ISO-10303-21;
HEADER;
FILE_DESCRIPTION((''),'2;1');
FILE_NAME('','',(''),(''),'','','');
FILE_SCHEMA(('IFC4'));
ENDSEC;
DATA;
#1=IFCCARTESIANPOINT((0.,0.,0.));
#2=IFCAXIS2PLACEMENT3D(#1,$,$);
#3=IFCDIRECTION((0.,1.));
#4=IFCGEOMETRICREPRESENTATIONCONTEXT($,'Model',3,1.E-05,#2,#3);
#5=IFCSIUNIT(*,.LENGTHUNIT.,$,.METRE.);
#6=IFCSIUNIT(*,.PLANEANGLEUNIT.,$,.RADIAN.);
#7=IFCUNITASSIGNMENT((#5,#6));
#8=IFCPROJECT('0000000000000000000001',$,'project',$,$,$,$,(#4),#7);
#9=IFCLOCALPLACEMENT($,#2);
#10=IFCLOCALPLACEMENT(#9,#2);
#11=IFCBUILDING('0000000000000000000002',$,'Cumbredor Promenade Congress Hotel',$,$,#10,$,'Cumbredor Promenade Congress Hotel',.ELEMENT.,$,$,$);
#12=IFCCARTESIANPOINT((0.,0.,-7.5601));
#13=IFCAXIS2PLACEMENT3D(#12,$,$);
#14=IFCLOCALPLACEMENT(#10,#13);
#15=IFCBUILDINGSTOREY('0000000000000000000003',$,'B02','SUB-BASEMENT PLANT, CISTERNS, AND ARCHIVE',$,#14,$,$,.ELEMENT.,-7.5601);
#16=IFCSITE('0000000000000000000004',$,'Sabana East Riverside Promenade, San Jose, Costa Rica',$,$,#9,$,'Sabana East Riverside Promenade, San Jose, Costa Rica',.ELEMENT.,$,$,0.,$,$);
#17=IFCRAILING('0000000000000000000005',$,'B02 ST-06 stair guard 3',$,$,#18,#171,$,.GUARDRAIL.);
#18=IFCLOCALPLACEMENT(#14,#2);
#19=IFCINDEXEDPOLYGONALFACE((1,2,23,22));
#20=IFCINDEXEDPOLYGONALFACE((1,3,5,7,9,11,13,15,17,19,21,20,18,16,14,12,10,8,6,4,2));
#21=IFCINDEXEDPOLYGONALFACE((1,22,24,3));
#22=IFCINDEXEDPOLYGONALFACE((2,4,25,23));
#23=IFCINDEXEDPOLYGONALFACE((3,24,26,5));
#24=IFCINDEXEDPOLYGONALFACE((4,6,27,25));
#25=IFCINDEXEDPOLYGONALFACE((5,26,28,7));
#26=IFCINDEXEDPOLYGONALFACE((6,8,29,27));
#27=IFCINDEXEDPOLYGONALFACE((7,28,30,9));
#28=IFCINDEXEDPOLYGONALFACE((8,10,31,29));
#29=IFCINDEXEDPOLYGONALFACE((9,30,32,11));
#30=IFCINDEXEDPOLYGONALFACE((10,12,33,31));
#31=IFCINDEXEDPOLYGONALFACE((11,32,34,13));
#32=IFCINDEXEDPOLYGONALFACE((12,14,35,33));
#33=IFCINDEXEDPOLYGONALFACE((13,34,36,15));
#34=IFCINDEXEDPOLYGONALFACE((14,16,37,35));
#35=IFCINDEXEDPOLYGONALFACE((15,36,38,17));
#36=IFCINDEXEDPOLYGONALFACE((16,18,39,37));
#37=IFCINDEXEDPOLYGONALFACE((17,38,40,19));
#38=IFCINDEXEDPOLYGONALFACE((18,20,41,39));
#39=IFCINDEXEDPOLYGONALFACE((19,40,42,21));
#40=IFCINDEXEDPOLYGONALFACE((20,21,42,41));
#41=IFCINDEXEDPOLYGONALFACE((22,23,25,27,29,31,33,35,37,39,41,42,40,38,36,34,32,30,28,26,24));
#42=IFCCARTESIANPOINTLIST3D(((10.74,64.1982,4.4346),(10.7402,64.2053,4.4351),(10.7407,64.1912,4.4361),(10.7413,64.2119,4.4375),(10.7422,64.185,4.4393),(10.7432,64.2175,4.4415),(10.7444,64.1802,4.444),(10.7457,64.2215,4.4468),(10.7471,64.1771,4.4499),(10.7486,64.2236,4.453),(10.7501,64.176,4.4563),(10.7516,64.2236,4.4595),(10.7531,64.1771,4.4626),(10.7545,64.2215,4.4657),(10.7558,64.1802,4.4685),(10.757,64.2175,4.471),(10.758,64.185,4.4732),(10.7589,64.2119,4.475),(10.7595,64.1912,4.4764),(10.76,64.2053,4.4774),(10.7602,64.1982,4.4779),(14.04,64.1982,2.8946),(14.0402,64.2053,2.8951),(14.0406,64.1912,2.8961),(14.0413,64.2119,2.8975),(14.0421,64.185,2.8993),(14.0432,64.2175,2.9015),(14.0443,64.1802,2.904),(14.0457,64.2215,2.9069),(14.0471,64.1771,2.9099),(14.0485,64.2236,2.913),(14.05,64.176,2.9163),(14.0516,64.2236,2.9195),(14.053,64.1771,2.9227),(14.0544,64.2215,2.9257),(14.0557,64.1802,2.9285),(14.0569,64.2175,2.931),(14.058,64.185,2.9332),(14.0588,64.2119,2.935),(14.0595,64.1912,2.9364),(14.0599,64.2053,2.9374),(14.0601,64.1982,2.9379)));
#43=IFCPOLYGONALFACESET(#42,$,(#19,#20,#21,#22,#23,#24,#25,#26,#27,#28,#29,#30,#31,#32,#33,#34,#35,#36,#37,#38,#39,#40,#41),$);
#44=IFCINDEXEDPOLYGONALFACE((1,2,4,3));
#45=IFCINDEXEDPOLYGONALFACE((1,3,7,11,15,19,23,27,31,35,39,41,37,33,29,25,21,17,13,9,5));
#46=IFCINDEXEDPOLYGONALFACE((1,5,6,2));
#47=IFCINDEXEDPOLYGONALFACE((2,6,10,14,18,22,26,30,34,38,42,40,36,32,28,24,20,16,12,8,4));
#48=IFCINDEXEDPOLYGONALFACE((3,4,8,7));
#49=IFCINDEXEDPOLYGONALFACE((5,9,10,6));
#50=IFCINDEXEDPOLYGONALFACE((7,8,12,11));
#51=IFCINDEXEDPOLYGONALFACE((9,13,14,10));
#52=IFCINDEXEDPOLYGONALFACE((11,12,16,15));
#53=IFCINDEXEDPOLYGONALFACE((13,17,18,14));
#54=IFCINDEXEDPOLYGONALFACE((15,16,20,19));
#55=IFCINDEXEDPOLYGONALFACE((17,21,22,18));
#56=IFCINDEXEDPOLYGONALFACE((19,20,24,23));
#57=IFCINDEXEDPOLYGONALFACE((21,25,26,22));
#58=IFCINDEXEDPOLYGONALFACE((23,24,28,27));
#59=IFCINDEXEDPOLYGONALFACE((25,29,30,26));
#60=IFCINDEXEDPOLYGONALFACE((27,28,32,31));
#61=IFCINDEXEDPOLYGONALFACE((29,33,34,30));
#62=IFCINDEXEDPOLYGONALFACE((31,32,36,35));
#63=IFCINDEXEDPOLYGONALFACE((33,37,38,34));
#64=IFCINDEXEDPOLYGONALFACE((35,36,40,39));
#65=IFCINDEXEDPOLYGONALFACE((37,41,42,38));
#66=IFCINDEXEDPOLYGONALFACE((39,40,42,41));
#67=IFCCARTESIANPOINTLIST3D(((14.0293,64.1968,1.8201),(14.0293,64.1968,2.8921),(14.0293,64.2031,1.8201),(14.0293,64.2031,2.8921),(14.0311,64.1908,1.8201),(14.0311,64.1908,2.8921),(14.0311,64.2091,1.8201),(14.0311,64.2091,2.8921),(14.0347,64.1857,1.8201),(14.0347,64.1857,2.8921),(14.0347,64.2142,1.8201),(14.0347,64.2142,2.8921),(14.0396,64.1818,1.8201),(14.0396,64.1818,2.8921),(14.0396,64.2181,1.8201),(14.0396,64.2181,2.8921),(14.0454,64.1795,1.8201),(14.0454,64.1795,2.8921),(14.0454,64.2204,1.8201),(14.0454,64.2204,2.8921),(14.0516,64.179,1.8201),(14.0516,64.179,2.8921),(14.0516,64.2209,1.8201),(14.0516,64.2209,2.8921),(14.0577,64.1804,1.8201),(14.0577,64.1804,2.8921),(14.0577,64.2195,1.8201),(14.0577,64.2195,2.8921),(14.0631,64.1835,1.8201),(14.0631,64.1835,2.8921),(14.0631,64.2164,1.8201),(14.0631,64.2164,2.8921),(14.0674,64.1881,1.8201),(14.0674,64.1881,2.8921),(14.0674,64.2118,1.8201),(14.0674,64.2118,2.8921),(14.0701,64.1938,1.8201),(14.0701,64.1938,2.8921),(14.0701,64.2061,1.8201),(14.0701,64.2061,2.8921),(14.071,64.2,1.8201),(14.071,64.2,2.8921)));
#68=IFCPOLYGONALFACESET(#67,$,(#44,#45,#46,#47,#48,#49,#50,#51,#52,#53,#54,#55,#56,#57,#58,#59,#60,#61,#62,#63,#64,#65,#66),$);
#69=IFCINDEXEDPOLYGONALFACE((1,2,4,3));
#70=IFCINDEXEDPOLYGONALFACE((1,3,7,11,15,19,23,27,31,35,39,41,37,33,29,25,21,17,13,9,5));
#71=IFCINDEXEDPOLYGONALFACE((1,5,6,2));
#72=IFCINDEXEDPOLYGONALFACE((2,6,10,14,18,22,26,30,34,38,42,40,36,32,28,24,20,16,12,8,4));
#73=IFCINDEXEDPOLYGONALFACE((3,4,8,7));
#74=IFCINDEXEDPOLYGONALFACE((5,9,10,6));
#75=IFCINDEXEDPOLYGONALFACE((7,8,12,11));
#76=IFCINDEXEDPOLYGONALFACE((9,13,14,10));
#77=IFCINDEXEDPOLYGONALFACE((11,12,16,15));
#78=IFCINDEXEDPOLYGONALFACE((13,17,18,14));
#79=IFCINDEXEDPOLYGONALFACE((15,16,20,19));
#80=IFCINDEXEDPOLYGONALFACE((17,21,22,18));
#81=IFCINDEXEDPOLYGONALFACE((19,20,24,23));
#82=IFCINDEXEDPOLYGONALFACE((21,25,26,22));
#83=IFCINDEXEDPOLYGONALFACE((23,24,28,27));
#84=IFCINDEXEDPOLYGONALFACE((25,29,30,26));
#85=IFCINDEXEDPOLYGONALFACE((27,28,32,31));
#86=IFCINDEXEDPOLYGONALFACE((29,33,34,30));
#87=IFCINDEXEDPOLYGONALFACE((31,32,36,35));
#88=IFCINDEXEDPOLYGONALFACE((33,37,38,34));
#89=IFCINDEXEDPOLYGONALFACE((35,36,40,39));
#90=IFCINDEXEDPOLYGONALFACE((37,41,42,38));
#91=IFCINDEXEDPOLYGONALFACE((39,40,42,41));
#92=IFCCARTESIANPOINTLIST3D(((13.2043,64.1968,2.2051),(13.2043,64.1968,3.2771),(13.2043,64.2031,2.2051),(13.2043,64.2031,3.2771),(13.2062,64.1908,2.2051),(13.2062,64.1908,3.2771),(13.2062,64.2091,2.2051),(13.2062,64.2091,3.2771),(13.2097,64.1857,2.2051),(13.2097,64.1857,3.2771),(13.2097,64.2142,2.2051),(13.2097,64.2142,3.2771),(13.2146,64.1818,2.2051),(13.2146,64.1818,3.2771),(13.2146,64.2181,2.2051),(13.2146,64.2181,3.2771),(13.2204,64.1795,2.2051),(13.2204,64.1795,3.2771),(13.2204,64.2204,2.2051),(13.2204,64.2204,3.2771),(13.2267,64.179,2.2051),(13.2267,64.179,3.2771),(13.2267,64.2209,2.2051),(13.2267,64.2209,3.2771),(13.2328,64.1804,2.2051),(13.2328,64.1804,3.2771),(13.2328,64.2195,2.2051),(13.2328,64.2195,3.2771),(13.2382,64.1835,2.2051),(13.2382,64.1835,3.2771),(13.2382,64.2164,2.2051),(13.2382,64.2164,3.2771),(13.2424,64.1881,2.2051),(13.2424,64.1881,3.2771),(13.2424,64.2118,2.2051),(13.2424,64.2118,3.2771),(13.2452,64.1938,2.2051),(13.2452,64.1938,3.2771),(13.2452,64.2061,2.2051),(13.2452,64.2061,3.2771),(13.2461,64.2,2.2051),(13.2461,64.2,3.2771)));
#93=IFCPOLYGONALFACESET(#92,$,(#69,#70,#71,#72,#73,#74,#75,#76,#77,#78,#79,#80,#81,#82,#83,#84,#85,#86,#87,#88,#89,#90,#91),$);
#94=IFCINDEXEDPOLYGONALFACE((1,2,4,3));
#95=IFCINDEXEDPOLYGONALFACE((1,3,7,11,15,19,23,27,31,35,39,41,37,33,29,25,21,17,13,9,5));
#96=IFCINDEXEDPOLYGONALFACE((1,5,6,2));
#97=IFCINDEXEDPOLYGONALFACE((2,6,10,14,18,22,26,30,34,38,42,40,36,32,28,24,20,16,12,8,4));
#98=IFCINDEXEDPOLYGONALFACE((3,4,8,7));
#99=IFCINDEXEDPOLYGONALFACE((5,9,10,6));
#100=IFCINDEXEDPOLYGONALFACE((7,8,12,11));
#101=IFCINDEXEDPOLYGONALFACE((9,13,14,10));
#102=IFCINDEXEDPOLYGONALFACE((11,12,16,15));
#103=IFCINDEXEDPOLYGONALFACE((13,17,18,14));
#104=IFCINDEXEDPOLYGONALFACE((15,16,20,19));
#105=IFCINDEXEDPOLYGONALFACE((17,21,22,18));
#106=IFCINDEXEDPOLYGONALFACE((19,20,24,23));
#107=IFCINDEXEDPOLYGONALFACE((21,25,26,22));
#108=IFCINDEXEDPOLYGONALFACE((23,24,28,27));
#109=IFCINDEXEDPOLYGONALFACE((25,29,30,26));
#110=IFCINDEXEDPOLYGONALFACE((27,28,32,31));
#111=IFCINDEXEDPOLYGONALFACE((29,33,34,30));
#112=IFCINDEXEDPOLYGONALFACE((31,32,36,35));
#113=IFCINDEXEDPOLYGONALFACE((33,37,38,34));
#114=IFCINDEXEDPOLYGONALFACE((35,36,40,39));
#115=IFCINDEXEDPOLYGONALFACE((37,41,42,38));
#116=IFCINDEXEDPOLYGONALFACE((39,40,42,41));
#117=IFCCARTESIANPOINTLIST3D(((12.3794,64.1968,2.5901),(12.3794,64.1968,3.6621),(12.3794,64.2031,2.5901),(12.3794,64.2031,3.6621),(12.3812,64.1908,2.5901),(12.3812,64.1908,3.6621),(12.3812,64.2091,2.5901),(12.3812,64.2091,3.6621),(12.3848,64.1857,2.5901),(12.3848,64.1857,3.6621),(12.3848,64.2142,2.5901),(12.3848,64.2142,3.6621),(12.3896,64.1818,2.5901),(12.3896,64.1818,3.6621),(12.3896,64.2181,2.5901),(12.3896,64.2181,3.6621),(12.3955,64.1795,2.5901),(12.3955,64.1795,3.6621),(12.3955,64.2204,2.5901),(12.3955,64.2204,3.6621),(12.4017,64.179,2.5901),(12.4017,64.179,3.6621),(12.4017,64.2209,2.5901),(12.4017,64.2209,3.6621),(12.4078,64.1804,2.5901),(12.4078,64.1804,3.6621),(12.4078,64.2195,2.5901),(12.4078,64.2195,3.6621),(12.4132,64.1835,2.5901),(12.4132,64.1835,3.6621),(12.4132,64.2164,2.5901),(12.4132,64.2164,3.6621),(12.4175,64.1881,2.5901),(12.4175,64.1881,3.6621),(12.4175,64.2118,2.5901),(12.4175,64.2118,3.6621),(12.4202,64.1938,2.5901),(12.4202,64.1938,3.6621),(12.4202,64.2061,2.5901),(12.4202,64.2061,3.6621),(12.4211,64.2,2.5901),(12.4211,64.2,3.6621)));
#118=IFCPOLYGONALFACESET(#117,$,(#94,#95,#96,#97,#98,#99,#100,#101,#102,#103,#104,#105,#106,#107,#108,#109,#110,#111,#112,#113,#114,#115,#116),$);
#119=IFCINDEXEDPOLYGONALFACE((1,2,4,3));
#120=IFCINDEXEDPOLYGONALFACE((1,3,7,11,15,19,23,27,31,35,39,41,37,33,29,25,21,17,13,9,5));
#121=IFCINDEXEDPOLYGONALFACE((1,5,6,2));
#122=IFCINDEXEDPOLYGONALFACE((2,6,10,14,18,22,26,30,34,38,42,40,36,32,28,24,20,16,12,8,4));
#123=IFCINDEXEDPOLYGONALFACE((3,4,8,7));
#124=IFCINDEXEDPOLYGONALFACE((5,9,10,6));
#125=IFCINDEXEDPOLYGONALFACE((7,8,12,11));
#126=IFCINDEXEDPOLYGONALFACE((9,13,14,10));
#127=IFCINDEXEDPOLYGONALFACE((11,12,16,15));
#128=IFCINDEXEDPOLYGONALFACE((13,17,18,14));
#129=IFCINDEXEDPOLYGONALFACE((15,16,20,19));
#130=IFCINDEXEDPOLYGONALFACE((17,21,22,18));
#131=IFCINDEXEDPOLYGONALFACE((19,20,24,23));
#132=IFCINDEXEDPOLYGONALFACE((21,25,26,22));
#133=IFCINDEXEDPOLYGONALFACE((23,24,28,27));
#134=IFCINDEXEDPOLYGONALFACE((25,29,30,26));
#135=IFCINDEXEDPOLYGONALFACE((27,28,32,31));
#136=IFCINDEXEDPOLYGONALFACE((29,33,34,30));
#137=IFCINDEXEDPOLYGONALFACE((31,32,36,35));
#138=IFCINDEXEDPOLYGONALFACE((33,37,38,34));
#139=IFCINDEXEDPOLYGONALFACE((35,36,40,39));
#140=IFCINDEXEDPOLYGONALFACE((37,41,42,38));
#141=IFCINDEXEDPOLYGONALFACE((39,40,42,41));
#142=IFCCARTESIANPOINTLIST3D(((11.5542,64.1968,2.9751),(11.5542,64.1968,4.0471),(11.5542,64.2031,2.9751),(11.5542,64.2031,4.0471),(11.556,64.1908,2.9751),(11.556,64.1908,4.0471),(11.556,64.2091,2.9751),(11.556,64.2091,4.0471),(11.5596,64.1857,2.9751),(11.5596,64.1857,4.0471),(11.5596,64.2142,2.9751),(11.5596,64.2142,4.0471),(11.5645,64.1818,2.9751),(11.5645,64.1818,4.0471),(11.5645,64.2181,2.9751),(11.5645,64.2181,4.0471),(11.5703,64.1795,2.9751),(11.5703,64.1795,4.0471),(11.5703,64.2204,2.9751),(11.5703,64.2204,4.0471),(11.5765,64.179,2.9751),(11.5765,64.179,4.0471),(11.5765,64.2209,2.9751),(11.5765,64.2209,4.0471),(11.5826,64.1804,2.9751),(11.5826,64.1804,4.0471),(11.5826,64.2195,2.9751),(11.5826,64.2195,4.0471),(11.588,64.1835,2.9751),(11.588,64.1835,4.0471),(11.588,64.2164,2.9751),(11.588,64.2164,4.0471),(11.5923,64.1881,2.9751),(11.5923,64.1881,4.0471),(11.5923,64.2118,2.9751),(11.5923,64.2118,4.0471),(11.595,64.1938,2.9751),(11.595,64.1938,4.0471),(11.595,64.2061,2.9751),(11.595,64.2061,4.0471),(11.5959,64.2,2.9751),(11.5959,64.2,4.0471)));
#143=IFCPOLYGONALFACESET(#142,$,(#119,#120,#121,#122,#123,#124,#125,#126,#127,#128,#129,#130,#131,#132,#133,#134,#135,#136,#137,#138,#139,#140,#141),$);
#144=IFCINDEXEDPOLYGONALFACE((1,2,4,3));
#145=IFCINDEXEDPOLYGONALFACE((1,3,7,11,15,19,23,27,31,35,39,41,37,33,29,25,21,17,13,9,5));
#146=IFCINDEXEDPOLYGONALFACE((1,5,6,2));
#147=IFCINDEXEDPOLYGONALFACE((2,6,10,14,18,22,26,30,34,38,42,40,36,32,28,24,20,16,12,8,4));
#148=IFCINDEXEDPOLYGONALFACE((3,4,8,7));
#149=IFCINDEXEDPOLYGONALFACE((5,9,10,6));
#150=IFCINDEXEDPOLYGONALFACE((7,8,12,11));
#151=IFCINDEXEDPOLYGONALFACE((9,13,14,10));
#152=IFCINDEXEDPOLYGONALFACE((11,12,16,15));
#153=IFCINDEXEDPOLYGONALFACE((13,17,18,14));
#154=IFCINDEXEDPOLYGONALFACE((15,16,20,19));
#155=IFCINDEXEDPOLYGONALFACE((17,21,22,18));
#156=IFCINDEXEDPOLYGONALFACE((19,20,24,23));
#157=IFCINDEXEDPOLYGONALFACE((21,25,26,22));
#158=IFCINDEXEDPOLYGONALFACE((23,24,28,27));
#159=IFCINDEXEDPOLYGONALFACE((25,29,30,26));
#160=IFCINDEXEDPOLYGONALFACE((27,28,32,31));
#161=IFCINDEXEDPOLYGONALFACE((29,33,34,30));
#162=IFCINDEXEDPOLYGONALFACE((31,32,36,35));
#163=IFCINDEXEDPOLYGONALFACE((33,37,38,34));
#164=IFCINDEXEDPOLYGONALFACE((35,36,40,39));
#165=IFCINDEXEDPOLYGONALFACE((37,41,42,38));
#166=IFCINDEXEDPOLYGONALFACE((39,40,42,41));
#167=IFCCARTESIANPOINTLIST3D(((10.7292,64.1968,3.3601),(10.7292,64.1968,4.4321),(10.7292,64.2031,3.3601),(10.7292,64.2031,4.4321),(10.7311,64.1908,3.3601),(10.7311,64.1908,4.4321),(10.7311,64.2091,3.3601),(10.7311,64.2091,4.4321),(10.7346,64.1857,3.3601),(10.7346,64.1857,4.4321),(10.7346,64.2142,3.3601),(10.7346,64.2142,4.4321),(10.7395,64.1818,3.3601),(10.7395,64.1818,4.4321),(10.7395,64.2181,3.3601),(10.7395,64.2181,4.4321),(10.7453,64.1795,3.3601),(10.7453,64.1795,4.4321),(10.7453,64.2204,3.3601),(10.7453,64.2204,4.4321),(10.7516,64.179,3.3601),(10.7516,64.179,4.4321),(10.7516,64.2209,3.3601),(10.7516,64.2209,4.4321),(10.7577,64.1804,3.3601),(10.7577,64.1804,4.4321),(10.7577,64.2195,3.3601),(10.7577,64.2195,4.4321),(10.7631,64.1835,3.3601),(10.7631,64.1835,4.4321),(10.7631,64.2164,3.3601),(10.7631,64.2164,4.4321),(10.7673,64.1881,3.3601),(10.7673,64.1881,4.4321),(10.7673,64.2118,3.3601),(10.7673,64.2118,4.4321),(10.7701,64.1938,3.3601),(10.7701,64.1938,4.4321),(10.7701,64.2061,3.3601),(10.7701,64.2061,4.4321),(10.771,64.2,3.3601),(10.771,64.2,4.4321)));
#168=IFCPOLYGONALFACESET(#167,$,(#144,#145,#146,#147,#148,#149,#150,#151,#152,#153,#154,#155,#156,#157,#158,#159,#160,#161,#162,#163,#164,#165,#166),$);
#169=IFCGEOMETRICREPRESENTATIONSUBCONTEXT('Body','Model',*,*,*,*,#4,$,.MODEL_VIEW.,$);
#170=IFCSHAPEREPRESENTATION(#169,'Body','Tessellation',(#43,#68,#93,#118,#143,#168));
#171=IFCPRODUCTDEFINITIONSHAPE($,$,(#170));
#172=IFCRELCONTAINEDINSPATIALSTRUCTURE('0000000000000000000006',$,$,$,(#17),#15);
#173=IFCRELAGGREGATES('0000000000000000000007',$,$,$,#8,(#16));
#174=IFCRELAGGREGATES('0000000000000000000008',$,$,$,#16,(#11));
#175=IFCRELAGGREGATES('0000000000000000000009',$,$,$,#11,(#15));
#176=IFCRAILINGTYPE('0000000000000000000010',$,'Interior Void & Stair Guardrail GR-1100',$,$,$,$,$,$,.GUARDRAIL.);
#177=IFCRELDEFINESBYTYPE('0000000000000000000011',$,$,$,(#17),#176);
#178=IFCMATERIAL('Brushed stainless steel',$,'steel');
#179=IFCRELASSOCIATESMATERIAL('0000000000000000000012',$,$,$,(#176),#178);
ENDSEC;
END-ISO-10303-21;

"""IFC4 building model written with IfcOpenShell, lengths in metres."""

from ifc_helpers import new_model, si_unit, direction, frame, origin, origin_2d, place, context, subcontext, project, spatial, circle, extrude, material, type_object, element, save


model = new_model("IFC4")

# Units and contexts
model_context = context("Model", 3, precision=1e-05, world=origin(), true_north=direction((0.0, 1.0)))
body_context = subcontext(model_context, "Body", "Model", "MODEL_VIEW")
ifc_project = project(units=[si_unit("LENGTHUNIT", "METRE"), si_unit("PLANEANGLEUNIT", "RADIAN")], contexts=[model_context])

# Site, building, storey
site_placement = place(None, origin())
site = spatial("IfcSite", under=ifc_project, at=site_placement, Name="Sabana East Riverside Promenade, San Jose, Costa Rica", LongName="Sabana East Riverside Promenade, San Jose, Costa Rica", CompositionType="ELEMENT", RefElevation=0.0)
building_placement = place(site_placement, origin())
building = spatial("IfcBuilding", under=site, at=building_placement, Name="Cumbredor Promenade Congress Hotel", LongName="Cumbredor Promenade Congress Hotel", CompositionType="ELEMENT")
storey_placement = place(building_placement, frame((0.0, 0.0, -7.5601)))
storey = spatial("IfcBuildingStorey", under=building, at=storey_placement, Name="B02", Description="SUB-BASEMENT PLANT, CISTERNS, AND ARCHIVE", CompositionType="ELEMENT", Elevation=-7.5601)

# Shared definitions
ifc_material_1 = material(Name="Brushed stainless steel", Category="steel")

# Railing
railing_type_1 = type_object("IfcRailingType", Name="Interior Void & Stair Guardrail GR-1100", PredefinedType="GUARDRAIL", material=ifc_material_1)
railing_1_placement = place(storey_placement, frame((14.05, 64.2, 1.8201)))
element("IfcRailing", 1, at=railing_1_placement, inside=storey, type_object=railing_type_1, Name="B02 ST-06 stair guard 3", PredefinedType="GUARDRAIL", context=body_context, shape_type="SweptSolid", body=[
    extrude(circle(Radius=0.0239, at=origin_2d()), frame((0.0, 0.0, 1.0962), z_axis=(-0.906181, 0.0, 0.422889), x_axis=(0.0, -1.0, 0.0)), (0.0, 0.0, 1.0), 3.6416),
    extrude(circle(Radius=0.021, at=origin_2d()), origin(), (0.0, 0.0, 1.0), 1.072),
    extrude(circle(Radius=0.021, at=origin_2d()), frame((-0.825, 0.0, 0.385)), (0.0, 0.0, 1.0), 1.072),
    extrude(circle(Radius=0.021, at=origin_2d()), frame((-1.6499, 0.0, 0.77)), (0.0, 0.0, 1.0), 1.072),
    extrude(circle(Radius=0.021, at=origin_2d()), frame((-2.4751, 0.0, 1.155)), (0.0, 0.0, 1.0), 1.072),
    extrude(circle(Radius=0.021, at=origin_2d()), frame((-3.3, 0.0, 1.54)), (0.0, 0.0, 1.0), 1.072),
])

save(model, "model.ifc")
